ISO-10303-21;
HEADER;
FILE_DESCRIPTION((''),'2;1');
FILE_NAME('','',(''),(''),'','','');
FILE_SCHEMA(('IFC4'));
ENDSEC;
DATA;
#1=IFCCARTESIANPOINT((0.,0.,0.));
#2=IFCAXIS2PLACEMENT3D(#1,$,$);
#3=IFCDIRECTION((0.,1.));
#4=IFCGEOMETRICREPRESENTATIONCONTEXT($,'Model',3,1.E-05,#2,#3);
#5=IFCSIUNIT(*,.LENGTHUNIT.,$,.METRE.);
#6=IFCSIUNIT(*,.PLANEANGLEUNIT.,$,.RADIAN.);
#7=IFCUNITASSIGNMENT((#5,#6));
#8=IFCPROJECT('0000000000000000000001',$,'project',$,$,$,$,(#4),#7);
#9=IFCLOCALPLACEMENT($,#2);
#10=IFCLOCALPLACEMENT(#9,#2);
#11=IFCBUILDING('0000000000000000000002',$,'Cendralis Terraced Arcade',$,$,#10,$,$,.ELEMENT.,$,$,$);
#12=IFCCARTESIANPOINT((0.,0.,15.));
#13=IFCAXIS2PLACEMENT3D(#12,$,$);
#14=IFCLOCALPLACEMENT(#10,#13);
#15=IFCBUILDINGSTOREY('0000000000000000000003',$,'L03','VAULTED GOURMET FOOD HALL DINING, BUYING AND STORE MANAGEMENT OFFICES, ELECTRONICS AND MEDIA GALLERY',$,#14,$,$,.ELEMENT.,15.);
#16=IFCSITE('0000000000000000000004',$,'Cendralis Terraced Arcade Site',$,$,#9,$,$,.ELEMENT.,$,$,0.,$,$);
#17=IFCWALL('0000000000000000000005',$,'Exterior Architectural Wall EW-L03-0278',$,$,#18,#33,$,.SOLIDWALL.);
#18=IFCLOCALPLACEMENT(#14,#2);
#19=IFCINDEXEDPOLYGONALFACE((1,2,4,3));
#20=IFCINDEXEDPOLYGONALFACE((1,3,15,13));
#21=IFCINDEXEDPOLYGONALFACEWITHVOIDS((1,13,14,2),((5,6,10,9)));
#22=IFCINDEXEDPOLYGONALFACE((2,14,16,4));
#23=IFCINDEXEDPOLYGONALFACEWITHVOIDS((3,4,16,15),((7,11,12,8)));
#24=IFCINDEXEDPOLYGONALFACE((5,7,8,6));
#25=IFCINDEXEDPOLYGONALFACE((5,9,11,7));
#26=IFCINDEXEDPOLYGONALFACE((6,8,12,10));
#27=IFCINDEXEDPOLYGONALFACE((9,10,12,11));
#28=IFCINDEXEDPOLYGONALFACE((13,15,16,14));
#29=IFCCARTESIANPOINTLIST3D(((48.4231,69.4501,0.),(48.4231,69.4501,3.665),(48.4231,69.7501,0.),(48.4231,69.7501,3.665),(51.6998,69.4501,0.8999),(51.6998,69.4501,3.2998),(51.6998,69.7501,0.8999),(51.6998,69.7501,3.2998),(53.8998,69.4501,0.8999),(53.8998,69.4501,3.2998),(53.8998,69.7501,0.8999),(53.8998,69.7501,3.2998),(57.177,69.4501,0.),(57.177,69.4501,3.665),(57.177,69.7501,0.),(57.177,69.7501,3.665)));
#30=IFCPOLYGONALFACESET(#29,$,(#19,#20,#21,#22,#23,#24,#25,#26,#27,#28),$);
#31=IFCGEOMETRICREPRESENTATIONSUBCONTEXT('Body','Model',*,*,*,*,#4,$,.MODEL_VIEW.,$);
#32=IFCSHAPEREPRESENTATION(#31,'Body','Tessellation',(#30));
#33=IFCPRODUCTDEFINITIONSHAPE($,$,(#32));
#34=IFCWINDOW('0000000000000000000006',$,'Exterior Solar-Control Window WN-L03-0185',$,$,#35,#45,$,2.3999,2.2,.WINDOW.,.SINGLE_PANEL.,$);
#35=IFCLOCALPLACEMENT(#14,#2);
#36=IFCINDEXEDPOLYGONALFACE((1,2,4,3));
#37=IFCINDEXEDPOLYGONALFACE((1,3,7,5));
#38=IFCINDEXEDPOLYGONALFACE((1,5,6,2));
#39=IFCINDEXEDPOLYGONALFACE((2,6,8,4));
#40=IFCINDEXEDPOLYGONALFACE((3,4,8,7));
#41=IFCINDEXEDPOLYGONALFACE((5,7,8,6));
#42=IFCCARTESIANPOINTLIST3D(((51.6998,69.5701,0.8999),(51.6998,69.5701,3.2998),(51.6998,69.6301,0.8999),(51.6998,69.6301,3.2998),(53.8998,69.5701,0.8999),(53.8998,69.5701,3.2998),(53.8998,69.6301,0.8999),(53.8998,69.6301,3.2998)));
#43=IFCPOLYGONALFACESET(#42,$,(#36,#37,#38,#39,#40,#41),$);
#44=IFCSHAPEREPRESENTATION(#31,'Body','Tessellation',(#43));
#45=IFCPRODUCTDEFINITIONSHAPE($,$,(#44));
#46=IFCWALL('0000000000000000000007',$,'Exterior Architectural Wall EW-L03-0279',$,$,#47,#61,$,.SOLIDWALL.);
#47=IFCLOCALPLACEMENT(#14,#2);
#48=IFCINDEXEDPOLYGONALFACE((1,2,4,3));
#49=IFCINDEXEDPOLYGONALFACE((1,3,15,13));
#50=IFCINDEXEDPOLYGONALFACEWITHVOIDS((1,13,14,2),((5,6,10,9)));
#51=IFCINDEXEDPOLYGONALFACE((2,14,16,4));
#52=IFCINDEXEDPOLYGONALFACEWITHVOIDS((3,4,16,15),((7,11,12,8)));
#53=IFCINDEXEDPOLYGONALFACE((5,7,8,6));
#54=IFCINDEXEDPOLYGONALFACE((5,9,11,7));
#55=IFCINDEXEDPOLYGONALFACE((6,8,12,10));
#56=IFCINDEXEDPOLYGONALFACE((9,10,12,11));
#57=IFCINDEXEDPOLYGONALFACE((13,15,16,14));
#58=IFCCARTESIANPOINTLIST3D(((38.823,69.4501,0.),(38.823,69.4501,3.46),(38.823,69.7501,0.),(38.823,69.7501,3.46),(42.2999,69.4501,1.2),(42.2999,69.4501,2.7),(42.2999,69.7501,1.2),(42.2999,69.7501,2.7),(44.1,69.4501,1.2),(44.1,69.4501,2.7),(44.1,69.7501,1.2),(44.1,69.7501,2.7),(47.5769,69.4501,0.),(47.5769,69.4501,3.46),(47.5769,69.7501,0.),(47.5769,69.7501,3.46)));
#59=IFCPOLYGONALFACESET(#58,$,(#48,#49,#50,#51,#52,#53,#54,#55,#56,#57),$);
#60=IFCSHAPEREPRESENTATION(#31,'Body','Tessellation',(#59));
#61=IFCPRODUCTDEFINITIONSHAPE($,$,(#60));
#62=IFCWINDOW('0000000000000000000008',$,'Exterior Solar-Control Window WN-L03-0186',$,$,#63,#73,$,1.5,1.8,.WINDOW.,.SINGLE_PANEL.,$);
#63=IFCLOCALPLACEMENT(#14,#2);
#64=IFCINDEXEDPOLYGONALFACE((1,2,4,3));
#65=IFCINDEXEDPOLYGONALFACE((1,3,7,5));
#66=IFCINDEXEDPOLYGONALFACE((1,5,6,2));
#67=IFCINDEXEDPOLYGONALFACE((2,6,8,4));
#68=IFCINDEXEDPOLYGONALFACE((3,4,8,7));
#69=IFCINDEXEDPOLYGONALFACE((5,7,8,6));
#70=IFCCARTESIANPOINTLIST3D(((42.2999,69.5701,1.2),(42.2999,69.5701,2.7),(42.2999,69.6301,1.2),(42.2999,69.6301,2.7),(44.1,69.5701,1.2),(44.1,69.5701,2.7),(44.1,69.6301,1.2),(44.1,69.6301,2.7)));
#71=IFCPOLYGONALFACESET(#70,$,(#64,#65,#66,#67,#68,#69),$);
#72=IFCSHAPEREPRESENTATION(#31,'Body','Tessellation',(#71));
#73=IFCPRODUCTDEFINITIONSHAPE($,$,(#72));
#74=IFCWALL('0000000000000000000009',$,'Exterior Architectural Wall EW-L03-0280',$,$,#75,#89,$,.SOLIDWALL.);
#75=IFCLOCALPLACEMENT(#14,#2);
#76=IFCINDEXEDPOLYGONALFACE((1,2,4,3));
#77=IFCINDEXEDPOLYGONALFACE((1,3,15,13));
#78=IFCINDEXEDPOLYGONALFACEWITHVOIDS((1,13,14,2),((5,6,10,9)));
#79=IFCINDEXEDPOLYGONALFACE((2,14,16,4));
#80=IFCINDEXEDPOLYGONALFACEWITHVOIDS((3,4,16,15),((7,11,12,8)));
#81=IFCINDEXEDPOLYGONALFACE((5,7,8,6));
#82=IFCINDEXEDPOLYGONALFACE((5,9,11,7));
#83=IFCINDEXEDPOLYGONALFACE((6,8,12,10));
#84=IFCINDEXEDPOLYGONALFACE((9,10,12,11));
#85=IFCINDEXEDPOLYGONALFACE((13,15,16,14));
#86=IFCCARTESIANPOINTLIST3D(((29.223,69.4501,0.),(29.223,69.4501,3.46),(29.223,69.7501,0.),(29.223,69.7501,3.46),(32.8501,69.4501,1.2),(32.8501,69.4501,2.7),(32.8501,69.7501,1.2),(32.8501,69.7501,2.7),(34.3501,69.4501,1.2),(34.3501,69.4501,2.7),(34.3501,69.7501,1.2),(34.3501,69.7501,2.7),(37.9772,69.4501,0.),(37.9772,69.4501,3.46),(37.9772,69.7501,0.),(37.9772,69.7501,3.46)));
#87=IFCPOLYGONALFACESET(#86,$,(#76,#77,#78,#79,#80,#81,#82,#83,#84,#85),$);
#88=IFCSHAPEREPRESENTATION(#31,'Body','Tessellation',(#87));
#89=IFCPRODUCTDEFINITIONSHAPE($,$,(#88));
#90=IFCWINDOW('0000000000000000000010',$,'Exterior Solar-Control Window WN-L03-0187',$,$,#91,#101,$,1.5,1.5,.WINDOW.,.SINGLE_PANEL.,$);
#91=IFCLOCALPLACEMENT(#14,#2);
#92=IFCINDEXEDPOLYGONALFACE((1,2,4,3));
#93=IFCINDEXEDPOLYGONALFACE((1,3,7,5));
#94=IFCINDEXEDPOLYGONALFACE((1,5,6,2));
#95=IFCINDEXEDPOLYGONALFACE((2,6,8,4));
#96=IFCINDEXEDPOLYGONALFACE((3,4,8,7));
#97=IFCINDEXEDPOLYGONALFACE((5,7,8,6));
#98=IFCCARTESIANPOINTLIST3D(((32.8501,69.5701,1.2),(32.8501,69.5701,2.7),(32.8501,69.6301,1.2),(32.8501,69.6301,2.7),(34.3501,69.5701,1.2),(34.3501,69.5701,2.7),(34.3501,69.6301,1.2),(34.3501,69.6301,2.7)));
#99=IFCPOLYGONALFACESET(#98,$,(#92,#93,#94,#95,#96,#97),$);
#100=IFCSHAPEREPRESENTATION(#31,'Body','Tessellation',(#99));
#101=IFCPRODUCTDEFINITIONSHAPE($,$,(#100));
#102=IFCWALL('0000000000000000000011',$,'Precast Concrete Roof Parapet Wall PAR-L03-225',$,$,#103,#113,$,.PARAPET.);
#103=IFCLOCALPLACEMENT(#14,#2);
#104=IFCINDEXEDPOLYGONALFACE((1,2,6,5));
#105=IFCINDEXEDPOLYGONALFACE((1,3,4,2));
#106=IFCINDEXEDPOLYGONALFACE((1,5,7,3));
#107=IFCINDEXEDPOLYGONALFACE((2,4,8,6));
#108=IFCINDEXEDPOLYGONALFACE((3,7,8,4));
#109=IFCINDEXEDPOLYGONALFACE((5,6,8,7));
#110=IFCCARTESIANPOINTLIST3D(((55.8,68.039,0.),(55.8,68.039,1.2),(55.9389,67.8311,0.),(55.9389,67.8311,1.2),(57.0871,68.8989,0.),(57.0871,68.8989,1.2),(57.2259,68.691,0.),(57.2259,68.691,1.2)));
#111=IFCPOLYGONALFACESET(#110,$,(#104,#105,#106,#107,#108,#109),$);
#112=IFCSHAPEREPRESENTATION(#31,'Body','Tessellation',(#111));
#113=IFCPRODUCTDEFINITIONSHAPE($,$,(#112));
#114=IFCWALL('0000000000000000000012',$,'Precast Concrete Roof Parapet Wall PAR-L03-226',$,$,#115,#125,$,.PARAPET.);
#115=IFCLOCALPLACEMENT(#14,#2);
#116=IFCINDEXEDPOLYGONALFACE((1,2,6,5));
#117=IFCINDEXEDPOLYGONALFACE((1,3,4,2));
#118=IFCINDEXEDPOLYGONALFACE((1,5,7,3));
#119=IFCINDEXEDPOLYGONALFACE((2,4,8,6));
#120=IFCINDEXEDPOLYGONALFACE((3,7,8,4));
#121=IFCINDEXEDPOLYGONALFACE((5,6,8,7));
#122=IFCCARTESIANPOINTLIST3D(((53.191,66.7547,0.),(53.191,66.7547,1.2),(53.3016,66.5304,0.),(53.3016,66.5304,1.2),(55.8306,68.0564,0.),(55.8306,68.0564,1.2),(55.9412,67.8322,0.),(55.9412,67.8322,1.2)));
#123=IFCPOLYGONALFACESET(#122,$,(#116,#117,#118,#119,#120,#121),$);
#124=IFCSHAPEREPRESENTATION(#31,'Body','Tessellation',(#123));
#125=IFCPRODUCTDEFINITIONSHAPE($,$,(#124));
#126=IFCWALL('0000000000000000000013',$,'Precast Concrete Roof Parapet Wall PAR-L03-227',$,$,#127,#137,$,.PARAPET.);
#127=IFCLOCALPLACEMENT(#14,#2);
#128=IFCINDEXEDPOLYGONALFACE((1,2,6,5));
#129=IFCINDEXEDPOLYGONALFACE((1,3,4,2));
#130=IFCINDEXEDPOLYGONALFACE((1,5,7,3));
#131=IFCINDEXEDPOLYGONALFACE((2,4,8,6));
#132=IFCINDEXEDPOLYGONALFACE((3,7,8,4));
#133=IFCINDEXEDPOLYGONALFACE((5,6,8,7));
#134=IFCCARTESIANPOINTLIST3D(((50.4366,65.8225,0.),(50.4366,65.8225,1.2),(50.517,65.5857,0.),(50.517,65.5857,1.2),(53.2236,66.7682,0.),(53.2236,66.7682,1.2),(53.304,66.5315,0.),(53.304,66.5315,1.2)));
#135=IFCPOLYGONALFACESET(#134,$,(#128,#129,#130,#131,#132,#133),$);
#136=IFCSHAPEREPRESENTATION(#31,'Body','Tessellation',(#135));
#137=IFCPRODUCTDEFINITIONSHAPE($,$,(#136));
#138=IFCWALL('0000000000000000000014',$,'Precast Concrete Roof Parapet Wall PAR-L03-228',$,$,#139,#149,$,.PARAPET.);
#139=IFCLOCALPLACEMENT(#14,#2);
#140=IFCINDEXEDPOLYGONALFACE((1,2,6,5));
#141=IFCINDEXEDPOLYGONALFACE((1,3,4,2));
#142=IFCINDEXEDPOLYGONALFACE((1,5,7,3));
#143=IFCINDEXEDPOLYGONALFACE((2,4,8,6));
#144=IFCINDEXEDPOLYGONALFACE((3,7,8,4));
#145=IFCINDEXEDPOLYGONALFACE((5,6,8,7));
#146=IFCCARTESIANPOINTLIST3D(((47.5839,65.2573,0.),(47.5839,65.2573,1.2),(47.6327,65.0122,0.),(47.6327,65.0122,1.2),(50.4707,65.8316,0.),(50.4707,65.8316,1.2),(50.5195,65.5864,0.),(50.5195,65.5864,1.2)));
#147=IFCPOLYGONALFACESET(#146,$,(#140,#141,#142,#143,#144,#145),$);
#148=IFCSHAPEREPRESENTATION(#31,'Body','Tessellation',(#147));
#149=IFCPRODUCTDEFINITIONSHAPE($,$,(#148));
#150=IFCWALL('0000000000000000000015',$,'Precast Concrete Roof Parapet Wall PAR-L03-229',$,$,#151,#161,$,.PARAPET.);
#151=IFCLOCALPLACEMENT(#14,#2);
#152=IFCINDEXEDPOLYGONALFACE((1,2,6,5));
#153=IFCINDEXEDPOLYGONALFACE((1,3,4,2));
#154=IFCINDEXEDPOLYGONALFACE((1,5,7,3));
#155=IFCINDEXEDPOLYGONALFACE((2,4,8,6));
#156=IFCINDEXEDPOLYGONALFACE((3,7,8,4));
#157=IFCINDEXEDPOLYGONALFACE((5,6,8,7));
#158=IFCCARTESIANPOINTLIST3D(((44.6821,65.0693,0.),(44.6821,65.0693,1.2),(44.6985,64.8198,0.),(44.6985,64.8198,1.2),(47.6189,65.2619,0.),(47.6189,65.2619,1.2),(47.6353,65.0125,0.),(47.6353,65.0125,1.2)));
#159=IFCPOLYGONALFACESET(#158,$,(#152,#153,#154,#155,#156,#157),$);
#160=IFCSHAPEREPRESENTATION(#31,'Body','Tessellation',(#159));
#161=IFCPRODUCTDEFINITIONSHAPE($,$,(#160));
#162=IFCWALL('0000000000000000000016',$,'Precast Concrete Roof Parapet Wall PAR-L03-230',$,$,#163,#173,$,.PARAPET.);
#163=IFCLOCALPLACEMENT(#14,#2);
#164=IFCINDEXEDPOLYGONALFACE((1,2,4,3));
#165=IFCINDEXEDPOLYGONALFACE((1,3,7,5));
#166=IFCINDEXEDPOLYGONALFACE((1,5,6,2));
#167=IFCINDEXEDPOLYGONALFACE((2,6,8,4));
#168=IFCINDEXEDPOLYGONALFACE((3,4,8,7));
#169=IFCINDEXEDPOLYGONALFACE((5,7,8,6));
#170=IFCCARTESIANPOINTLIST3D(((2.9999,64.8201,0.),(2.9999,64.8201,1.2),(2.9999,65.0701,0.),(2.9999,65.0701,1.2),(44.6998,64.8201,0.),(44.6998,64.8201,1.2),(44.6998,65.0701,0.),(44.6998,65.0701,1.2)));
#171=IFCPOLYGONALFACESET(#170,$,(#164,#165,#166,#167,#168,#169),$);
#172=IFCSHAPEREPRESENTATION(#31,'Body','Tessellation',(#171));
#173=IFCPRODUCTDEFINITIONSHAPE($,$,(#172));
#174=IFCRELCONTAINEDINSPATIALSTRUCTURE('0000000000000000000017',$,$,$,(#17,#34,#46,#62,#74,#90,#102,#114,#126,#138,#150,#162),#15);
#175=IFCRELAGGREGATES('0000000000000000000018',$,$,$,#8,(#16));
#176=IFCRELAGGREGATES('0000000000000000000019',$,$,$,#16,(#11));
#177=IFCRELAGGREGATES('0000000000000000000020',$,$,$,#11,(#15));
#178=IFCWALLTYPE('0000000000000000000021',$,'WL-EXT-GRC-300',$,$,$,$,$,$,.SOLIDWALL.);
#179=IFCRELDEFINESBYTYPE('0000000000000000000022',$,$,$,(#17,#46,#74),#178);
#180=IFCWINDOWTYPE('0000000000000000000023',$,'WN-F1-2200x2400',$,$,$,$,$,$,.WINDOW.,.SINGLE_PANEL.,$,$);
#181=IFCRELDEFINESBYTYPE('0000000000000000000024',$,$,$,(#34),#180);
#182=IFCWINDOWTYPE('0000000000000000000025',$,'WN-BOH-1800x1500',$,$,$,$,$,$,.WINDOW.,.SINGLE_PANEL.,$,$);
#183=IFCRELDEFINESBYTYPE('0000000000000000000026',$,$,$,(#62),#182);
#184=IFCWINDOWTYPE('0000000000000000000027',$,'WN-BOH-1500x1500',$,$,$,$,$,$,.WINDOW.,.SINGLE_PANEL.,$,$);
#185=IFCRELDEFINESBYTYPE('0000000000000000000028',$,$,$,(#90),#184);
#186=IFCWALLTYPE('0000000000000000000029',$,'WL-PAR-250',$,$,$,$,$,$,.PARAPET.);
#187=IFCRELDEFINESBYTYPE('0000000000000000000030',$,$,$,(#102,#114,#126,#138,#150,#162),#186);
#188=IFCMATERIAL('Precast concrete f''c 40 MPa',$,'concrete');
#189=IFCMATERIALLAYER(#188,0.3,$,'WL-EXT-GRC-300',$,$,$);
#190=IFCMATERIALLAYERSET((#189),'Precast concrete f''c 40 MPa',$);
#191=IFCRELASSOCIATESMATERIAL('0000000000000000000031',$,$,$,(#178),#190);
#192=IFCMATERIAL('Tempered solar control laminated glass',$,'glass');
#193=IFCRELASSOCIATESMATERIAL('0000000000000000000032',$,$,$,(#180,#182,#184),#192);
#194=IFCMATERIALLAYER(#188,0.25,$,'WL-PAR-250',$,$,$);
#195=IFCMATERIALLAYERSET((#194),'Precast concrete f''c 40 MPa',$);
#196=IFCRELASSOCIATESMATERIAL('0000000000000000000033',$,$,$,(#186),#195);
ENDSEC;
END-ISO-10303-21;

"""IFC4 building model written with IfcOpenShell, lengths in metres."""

from ifc_helpers import new_model, si_unit, direction, frame, frame_2d, origin, place, context, subcontext, project, spatial, rectangle, extrude, material, layer, layer_set, type_object, element, fill, save


model = new_model("IFC4")

# Units and contexts
model_context = context("Model", 3, precision=1e-05, world=origin(), true_north=direction((0.0, 1.0)))
body_context = subcontext(model_context, "Body", "Model", "MODEL_VIEW")
ifc_project = project(units=[si_unit("LENGTHUNIT", "METRE"), si_unit("PLANEANGLEUNIT", "RADIAN")], contexts=[model_context])

# Site, building, storey
site_placement = place(None, origin())
site = spatial("IfcSite", under=ifc_project, at=site_placement, Name="Cendralis Terraced Arcade Site", CompositionType="ELEMENT", RefElevation=0.0)
building_placement = place(site_placement, origin())
building = spatial("IfcBuilding", under=site, at=building_placement, Name="Cendralis Terraced Arcade", CompositionType="ELEMENT")
storey_placement = place(building_placement, frame((0.0, 0.0, 15.0)))
storey = spatial("IfcBuildingStorey", under=building, at=storey_placement, Name="L03", Description="VAULTED GOURMET FOOD HALL DINING, BUYING AND STORE MANAGEMENT OFFICES, ELECTRONICS AND MEDIA GALLERY", CompositionType="ELEMENT", Elevation=15.0)

# Walls, openings, windows
ifc_material_1 = material(Name="Precast concrete f'c 40 MPa", Category="concrete")
ifc_layer_1 = layer(ifc_material_1, 0.3, Name="WL-EXT-GRC-300")
ifc_layer_set_1 = layer_set([ifc_layer_1], Name="Precast concrete f'c 40 MPa")
wall_type_1 = type_object("IfcWallType", Name="WL-EXT-GRC-300", PredefinedType="SOLIDWALL", material=ifc_layer_set_1)
ifc_material_2 = material(Name="Tempered solar control laminated glass", Category="glass")
wall_1_placement = place(storey_placement, frame((57.177, 69.6001, 0.0), z_axis=(0.0, 0.0, 1.0), x_axis=(-1.0, 0.0, 0.0)))
wall_1 = element("IfcWall", 1, at=wall_1_placement, inside=storey, type_object=wall_type_1, Name="Exterior Architectural Wall EW-L03-0278", PredefinedType="SOLIDWALL", context=body_context, shape_type="SweptSolid", body=[
    extrude(rectangle(XDim=8.7539, YDim=0.3, at=frame_2d((4.377, 0.0))), origin(), (0.0, 0.0, 1.0), 3.665),
])
opening_1_placement = place(wall_1_placement, frame((3.2771, 0.0, 0.8999)))
opening_1 = element("IfcOpeningElement", 2, at=opening_1_placement, cuts=wall_1, PredefinedType="OPENING", context=body_context, shape_type="SweptSolid", body=[
    extrude(rectangle(XDim=2.2, YDim=2.3999, at=frame_2d((1.1001, 1.2))), frame((0.0, 0.1621, 0.0), z_axis=(0.0, -1.0, 0.0), x_axis=(1.0, 0.0, 0.0)), (0.0, 0.0, 1.0), 0.324),
])
window_type_1 = type_object("IfcWindowType", Name="WN-F1-2200x2400", PartitioningType="SINGLE_PANEL", PredefinedType="WINDOW", material=ifc_material_2)
window_1_placement = place(opening_1_placement, origin())
window_1 = element("IfcWindow", 3, at=window_1_placement, inside=storey, type_object=window_type_1, Name="Exterior Solar-Control Window WN-L03-0185", OverallHeight=2.3999, OverallWidth=2.2, PartitioningType="SINGLE_PANEL", PredefinedType="WINDOW", context=body_context, shape_type="SweptSolid", body=[
    extrude(rectangle(XDim=2.2, YDim=2.3999, at=frame_2d((1.1001, 1.2))), frame((0.0, 0.03, 0.0), z_axis=(0.0, -1.0, 0.0), x_axis=(1.0, 0.0, 0.0)), (0.0, 0.0, 1.0), 0.0601),
])
fill(opening_1, window_1)
wall_2_placement = place(storey_placement, frame((47.5769, 69.6001, 0.0), z_axis=(0.0, 0.0, 1.0), x_axis=(-1.0, 0.0, 0.0)))
wall_2 = element("IfcWall", 4, at=wall_2_placement, inside=storey, type_object=wall_type_1, Name="Exterior Architectural Wall EW-L03-0279", PredefinedType="SOLIDWALL", context=body_context, shape_type="SweptSolid", body=[
    extrude(rectangle(XDim=8.7539, YDim=0.3, at=frame_2d((4.377, 0.0))), origin(), (0.0, 0.0, 1.0), 3.46),
])
opening_2_placement = place(wall_2_placement, frame((3.4771, 0.0, 1.2)))
opening_2 = element("IfcOpeningElement", 5, at=opening_2_placement, cuts=wall_2, PredefinedType="OPENING", context=body_context, shape_type="SweptSolid", body=[
    extrude(rectangle(XDim=1.8, YDim=1.5, at=frame_2d((0.8999, 0.75))), frame((0.0, 0.1621, 0.0), z_axis=(0.0, -1.0, 0.0), x_axis=(1.0, 0.0, 0.0)), (0.0, 0.0, 1.0), 0.324),
])
window_type_2 = type_object("IfcWindowType", Name="WN-BOH-1800x1500", PartitioningType="SINGLE_PANEL", PredefinedType="WINDOW", material=ifc_material_2)
window_2_placement = place(opening_2_placement, origin())
window_2 = element("IfcWindow", 6, at=window_2_placement, inside=storey, type_object=window_type_2, Name="Exterior Solar-Control Window WN-L03-0186", OverallHeight=1.5, OverallWidth=1.8, PartitioningType="SINGLE_PANEL", PredefinedType="WINDOW", context=body_context, shape_type="SweptSolid", body=[
    extrude(rectangle(XDim=1.8, YDim=1.5, at=frame_2d((0.8999, 0.75))), frame((0.0, 0.03, 0.0), z_axis=(0.0, -1.0, 0.0), x_axis=(1.0, 0.0, 0.0)), (0.0, 0.0, 1.0), 0.0601),
])
fill(opening_2, window_2)
wall_3_placement = place(storey_placement, frame((37.9771, 69.6001, 0.0), z_axis=(0.0, 0.0, 1.0), x_axis=(-1.0, 0.0, 0.0)))
wall_3 = element("IfcWall", 7, at=wall_3_placement, inside=storey, type_object=wall_type_1, Name="Exterior Architectural Wall EW-L03-0280", PredefinedType="SOLIDWALL", context=body_context, shape_type="SweptSolid", body=[
    extrude(rectangle(XDim=8.7542, YDim=0.3, at=frame_2d((4.377, 0.0))), origin(), (0.0, 0.0, 1.0), 3.46),
])
opening_3_placement = place(wall_3_placement, frame((3.627, 0.0, 1.2)))
opening_3 = element("IfcOpeningElement", 8, at=opening_3_placement, cuts=wall_3, PredefinedType="OPENING", context=body_context, shape_type="SweptSolid", body=[
    extrude(rectangle(XDim=1.5, YDim=1.5, at=frame_2d((0.75, 0.75))), frame((0.0, 0.1621, 0.0), z_axis=(0.0, -1.0, 0.0), x_axis=(1.0, 0.0, 0.0)), (0.0, 0.0, 1.0), 0.324),
])
window_type_3 = type_object("IfcWindowType", Name="WN-BOH-1500x1500", PartitioningType="SINGLE_PANEL", PredefinedType="WINDOW", material=ifc_material_2)
window_3_placement = place(opening_3_placement, origin())
window_3 = element("IfcWindow", 9, at=window_3_placement, inside=storey, type_object=window_type_3, Name="Exterior Solar-Control Window WN-L03-0187", OverallHeight=1.5, OverallWidth=1.5, PartitioningType="SINGLE_PANEL", PredefinedType="WINDOW", context=body_context, shape_type="SweptSolid", body=[
    extrude(rectangle(XDim=1.5, YDim=1.5, at=frame_2d((0.75, 0.75))), frame((0.0, 0.03, 0.0), z_axis=(0.0, -1.0, 0.0), x_axis=(1.0, 0.0, 0.0)), (0.0, 0.0, 1.0), 0.0601),
])
fill(opening_3, window_3)

# Walls
ifc_layer_2 = layer(ifc_material_1, 0.25, Name="WL-PAR-250")
ifc_layer_set_2 = layer_set([ifc_layer_2], Name="Precast concrete f'c 40 MPa")
wall_type_2 = type_object("IfcWallType", Name="WL-PAR-250", PredefinedType="PARAPET", material=ifc_layer_set_2)
wall_4_placement = place(storey_placement, frame((57.1565, 68.7949, 0.0), z_axis=(0.0, 0.0, 1.0), x_axis=(-0.831516, -0.555501, 0.0)))
element("IfcWall", 10, at=wall_4_placement, inside=storey, type_object=wall_type_2, Name="Precast Concrete Roof Parapet Wall PAR-L03-225", PredefinedType="PARAPET", context=body_context, shape_type="SweptSolid", body=[
    extrude(rectangle(XDim=1.5479, YDim=0.25, at=frame_2d((0.7739, 0.0))), origin(), (0.0, 0.0, 1.0), 1.2),
])
for number, where, z_axis, x_axis, name in (
    (11, (55.886, 67.9443, 0.0), (0.0, 0.0, 1.0), (-0.896869, -0.442296, 0.0), "Precast Concrete Roof Parapet Wall PAR-L03-226"),
    (12, (53.2639, 66.6499, 0.0), (0.0, 0.0, 1.0), (-0.946961, -0.321349, 0.0), "Precast Concrete Roof Parapet Wall PAR-L03-227"),
):
    element("IfcWall", number, at=place(storey_placement, frame(where, z_axis=z_axis, x_axis=x_axis)), inside=storey, type_object=wall_type_2, Name=name, PredefinedType="PARAPET", context=body_context, shape_type="SweptSolid", body=[
        extrude(rectangle(XDim=2.9431, YDim=0.25, at=frame_2d((1.4717, 0.0))), origin(), (0.0, 0.0, 1.0), 1.2),
    ])
wall_5_placement = place(storey_placement, frame((50.4951, 65.709, 0.0), z_axis=(0.0, 0.0, 1.0), x_axis=(-0.980784, -0.195095, 0.0)))
element("IfcWall", 13, at=wall_5_placement, inside=storey, type_object=wall_type_2, Name="Precast Concrete Roof Parapet Wall PAR-L03-228", PredefinedType="PARAPET", context=body_context, shape_type="SweptSolid", body=[
    extrude(rectangle(XDim=2.9434, YDim=0.25, at=frame_2d((1.4717, 0.0))), origin(), (0.0, 0.0, 1.0), 1.2),
])
wall_6_placement = place(storey_placement, frame((47.6272, 65.1372, 0.0), z_axis=(0.0, 0.0, 1.0), x_axis=(-0.997856, -0.065451, 0.0)))
element("IfcWall", 14, at=wall_6_placement, inside=storey, type_object=wall_type_2, Name="Precast Concrete Roof Parapet Wall PAR-L03-229", PredefinedType="PARAPET", context=body_context, shape_type="SweptSolid", body=[
    extrude(rectangle(XDim=2.9431, YDim=0.25, at=frame_2d((1.4717, 0.0))), origin(), (0.0, 0.0, 1.0), 1.2),
])
wall_7_placement = place(storey_placement, frame((44.7, 64.9451, 0.0), z_axis=(0.0, 0.0, 1.0), x_axis=(-1.0, 0.0, 0.0)))
element("IfcWall", 15, at=wall_7_placement, inside=storey, type_object=wall_type_2, Name="Precast Concrete Roof Parapet Wall PAR-L03-230", PredefinedType="PARAPET", context=body_context, shape_type="SweptSolid", body=[
    extrude(rectangle(XDim=41.7, YDim=0.25, at=frame_2d((20.8501, 0.0))), origin(), (0.0, 0.0, 1.0), 1.2),
])

save(model, "model.ifc")
